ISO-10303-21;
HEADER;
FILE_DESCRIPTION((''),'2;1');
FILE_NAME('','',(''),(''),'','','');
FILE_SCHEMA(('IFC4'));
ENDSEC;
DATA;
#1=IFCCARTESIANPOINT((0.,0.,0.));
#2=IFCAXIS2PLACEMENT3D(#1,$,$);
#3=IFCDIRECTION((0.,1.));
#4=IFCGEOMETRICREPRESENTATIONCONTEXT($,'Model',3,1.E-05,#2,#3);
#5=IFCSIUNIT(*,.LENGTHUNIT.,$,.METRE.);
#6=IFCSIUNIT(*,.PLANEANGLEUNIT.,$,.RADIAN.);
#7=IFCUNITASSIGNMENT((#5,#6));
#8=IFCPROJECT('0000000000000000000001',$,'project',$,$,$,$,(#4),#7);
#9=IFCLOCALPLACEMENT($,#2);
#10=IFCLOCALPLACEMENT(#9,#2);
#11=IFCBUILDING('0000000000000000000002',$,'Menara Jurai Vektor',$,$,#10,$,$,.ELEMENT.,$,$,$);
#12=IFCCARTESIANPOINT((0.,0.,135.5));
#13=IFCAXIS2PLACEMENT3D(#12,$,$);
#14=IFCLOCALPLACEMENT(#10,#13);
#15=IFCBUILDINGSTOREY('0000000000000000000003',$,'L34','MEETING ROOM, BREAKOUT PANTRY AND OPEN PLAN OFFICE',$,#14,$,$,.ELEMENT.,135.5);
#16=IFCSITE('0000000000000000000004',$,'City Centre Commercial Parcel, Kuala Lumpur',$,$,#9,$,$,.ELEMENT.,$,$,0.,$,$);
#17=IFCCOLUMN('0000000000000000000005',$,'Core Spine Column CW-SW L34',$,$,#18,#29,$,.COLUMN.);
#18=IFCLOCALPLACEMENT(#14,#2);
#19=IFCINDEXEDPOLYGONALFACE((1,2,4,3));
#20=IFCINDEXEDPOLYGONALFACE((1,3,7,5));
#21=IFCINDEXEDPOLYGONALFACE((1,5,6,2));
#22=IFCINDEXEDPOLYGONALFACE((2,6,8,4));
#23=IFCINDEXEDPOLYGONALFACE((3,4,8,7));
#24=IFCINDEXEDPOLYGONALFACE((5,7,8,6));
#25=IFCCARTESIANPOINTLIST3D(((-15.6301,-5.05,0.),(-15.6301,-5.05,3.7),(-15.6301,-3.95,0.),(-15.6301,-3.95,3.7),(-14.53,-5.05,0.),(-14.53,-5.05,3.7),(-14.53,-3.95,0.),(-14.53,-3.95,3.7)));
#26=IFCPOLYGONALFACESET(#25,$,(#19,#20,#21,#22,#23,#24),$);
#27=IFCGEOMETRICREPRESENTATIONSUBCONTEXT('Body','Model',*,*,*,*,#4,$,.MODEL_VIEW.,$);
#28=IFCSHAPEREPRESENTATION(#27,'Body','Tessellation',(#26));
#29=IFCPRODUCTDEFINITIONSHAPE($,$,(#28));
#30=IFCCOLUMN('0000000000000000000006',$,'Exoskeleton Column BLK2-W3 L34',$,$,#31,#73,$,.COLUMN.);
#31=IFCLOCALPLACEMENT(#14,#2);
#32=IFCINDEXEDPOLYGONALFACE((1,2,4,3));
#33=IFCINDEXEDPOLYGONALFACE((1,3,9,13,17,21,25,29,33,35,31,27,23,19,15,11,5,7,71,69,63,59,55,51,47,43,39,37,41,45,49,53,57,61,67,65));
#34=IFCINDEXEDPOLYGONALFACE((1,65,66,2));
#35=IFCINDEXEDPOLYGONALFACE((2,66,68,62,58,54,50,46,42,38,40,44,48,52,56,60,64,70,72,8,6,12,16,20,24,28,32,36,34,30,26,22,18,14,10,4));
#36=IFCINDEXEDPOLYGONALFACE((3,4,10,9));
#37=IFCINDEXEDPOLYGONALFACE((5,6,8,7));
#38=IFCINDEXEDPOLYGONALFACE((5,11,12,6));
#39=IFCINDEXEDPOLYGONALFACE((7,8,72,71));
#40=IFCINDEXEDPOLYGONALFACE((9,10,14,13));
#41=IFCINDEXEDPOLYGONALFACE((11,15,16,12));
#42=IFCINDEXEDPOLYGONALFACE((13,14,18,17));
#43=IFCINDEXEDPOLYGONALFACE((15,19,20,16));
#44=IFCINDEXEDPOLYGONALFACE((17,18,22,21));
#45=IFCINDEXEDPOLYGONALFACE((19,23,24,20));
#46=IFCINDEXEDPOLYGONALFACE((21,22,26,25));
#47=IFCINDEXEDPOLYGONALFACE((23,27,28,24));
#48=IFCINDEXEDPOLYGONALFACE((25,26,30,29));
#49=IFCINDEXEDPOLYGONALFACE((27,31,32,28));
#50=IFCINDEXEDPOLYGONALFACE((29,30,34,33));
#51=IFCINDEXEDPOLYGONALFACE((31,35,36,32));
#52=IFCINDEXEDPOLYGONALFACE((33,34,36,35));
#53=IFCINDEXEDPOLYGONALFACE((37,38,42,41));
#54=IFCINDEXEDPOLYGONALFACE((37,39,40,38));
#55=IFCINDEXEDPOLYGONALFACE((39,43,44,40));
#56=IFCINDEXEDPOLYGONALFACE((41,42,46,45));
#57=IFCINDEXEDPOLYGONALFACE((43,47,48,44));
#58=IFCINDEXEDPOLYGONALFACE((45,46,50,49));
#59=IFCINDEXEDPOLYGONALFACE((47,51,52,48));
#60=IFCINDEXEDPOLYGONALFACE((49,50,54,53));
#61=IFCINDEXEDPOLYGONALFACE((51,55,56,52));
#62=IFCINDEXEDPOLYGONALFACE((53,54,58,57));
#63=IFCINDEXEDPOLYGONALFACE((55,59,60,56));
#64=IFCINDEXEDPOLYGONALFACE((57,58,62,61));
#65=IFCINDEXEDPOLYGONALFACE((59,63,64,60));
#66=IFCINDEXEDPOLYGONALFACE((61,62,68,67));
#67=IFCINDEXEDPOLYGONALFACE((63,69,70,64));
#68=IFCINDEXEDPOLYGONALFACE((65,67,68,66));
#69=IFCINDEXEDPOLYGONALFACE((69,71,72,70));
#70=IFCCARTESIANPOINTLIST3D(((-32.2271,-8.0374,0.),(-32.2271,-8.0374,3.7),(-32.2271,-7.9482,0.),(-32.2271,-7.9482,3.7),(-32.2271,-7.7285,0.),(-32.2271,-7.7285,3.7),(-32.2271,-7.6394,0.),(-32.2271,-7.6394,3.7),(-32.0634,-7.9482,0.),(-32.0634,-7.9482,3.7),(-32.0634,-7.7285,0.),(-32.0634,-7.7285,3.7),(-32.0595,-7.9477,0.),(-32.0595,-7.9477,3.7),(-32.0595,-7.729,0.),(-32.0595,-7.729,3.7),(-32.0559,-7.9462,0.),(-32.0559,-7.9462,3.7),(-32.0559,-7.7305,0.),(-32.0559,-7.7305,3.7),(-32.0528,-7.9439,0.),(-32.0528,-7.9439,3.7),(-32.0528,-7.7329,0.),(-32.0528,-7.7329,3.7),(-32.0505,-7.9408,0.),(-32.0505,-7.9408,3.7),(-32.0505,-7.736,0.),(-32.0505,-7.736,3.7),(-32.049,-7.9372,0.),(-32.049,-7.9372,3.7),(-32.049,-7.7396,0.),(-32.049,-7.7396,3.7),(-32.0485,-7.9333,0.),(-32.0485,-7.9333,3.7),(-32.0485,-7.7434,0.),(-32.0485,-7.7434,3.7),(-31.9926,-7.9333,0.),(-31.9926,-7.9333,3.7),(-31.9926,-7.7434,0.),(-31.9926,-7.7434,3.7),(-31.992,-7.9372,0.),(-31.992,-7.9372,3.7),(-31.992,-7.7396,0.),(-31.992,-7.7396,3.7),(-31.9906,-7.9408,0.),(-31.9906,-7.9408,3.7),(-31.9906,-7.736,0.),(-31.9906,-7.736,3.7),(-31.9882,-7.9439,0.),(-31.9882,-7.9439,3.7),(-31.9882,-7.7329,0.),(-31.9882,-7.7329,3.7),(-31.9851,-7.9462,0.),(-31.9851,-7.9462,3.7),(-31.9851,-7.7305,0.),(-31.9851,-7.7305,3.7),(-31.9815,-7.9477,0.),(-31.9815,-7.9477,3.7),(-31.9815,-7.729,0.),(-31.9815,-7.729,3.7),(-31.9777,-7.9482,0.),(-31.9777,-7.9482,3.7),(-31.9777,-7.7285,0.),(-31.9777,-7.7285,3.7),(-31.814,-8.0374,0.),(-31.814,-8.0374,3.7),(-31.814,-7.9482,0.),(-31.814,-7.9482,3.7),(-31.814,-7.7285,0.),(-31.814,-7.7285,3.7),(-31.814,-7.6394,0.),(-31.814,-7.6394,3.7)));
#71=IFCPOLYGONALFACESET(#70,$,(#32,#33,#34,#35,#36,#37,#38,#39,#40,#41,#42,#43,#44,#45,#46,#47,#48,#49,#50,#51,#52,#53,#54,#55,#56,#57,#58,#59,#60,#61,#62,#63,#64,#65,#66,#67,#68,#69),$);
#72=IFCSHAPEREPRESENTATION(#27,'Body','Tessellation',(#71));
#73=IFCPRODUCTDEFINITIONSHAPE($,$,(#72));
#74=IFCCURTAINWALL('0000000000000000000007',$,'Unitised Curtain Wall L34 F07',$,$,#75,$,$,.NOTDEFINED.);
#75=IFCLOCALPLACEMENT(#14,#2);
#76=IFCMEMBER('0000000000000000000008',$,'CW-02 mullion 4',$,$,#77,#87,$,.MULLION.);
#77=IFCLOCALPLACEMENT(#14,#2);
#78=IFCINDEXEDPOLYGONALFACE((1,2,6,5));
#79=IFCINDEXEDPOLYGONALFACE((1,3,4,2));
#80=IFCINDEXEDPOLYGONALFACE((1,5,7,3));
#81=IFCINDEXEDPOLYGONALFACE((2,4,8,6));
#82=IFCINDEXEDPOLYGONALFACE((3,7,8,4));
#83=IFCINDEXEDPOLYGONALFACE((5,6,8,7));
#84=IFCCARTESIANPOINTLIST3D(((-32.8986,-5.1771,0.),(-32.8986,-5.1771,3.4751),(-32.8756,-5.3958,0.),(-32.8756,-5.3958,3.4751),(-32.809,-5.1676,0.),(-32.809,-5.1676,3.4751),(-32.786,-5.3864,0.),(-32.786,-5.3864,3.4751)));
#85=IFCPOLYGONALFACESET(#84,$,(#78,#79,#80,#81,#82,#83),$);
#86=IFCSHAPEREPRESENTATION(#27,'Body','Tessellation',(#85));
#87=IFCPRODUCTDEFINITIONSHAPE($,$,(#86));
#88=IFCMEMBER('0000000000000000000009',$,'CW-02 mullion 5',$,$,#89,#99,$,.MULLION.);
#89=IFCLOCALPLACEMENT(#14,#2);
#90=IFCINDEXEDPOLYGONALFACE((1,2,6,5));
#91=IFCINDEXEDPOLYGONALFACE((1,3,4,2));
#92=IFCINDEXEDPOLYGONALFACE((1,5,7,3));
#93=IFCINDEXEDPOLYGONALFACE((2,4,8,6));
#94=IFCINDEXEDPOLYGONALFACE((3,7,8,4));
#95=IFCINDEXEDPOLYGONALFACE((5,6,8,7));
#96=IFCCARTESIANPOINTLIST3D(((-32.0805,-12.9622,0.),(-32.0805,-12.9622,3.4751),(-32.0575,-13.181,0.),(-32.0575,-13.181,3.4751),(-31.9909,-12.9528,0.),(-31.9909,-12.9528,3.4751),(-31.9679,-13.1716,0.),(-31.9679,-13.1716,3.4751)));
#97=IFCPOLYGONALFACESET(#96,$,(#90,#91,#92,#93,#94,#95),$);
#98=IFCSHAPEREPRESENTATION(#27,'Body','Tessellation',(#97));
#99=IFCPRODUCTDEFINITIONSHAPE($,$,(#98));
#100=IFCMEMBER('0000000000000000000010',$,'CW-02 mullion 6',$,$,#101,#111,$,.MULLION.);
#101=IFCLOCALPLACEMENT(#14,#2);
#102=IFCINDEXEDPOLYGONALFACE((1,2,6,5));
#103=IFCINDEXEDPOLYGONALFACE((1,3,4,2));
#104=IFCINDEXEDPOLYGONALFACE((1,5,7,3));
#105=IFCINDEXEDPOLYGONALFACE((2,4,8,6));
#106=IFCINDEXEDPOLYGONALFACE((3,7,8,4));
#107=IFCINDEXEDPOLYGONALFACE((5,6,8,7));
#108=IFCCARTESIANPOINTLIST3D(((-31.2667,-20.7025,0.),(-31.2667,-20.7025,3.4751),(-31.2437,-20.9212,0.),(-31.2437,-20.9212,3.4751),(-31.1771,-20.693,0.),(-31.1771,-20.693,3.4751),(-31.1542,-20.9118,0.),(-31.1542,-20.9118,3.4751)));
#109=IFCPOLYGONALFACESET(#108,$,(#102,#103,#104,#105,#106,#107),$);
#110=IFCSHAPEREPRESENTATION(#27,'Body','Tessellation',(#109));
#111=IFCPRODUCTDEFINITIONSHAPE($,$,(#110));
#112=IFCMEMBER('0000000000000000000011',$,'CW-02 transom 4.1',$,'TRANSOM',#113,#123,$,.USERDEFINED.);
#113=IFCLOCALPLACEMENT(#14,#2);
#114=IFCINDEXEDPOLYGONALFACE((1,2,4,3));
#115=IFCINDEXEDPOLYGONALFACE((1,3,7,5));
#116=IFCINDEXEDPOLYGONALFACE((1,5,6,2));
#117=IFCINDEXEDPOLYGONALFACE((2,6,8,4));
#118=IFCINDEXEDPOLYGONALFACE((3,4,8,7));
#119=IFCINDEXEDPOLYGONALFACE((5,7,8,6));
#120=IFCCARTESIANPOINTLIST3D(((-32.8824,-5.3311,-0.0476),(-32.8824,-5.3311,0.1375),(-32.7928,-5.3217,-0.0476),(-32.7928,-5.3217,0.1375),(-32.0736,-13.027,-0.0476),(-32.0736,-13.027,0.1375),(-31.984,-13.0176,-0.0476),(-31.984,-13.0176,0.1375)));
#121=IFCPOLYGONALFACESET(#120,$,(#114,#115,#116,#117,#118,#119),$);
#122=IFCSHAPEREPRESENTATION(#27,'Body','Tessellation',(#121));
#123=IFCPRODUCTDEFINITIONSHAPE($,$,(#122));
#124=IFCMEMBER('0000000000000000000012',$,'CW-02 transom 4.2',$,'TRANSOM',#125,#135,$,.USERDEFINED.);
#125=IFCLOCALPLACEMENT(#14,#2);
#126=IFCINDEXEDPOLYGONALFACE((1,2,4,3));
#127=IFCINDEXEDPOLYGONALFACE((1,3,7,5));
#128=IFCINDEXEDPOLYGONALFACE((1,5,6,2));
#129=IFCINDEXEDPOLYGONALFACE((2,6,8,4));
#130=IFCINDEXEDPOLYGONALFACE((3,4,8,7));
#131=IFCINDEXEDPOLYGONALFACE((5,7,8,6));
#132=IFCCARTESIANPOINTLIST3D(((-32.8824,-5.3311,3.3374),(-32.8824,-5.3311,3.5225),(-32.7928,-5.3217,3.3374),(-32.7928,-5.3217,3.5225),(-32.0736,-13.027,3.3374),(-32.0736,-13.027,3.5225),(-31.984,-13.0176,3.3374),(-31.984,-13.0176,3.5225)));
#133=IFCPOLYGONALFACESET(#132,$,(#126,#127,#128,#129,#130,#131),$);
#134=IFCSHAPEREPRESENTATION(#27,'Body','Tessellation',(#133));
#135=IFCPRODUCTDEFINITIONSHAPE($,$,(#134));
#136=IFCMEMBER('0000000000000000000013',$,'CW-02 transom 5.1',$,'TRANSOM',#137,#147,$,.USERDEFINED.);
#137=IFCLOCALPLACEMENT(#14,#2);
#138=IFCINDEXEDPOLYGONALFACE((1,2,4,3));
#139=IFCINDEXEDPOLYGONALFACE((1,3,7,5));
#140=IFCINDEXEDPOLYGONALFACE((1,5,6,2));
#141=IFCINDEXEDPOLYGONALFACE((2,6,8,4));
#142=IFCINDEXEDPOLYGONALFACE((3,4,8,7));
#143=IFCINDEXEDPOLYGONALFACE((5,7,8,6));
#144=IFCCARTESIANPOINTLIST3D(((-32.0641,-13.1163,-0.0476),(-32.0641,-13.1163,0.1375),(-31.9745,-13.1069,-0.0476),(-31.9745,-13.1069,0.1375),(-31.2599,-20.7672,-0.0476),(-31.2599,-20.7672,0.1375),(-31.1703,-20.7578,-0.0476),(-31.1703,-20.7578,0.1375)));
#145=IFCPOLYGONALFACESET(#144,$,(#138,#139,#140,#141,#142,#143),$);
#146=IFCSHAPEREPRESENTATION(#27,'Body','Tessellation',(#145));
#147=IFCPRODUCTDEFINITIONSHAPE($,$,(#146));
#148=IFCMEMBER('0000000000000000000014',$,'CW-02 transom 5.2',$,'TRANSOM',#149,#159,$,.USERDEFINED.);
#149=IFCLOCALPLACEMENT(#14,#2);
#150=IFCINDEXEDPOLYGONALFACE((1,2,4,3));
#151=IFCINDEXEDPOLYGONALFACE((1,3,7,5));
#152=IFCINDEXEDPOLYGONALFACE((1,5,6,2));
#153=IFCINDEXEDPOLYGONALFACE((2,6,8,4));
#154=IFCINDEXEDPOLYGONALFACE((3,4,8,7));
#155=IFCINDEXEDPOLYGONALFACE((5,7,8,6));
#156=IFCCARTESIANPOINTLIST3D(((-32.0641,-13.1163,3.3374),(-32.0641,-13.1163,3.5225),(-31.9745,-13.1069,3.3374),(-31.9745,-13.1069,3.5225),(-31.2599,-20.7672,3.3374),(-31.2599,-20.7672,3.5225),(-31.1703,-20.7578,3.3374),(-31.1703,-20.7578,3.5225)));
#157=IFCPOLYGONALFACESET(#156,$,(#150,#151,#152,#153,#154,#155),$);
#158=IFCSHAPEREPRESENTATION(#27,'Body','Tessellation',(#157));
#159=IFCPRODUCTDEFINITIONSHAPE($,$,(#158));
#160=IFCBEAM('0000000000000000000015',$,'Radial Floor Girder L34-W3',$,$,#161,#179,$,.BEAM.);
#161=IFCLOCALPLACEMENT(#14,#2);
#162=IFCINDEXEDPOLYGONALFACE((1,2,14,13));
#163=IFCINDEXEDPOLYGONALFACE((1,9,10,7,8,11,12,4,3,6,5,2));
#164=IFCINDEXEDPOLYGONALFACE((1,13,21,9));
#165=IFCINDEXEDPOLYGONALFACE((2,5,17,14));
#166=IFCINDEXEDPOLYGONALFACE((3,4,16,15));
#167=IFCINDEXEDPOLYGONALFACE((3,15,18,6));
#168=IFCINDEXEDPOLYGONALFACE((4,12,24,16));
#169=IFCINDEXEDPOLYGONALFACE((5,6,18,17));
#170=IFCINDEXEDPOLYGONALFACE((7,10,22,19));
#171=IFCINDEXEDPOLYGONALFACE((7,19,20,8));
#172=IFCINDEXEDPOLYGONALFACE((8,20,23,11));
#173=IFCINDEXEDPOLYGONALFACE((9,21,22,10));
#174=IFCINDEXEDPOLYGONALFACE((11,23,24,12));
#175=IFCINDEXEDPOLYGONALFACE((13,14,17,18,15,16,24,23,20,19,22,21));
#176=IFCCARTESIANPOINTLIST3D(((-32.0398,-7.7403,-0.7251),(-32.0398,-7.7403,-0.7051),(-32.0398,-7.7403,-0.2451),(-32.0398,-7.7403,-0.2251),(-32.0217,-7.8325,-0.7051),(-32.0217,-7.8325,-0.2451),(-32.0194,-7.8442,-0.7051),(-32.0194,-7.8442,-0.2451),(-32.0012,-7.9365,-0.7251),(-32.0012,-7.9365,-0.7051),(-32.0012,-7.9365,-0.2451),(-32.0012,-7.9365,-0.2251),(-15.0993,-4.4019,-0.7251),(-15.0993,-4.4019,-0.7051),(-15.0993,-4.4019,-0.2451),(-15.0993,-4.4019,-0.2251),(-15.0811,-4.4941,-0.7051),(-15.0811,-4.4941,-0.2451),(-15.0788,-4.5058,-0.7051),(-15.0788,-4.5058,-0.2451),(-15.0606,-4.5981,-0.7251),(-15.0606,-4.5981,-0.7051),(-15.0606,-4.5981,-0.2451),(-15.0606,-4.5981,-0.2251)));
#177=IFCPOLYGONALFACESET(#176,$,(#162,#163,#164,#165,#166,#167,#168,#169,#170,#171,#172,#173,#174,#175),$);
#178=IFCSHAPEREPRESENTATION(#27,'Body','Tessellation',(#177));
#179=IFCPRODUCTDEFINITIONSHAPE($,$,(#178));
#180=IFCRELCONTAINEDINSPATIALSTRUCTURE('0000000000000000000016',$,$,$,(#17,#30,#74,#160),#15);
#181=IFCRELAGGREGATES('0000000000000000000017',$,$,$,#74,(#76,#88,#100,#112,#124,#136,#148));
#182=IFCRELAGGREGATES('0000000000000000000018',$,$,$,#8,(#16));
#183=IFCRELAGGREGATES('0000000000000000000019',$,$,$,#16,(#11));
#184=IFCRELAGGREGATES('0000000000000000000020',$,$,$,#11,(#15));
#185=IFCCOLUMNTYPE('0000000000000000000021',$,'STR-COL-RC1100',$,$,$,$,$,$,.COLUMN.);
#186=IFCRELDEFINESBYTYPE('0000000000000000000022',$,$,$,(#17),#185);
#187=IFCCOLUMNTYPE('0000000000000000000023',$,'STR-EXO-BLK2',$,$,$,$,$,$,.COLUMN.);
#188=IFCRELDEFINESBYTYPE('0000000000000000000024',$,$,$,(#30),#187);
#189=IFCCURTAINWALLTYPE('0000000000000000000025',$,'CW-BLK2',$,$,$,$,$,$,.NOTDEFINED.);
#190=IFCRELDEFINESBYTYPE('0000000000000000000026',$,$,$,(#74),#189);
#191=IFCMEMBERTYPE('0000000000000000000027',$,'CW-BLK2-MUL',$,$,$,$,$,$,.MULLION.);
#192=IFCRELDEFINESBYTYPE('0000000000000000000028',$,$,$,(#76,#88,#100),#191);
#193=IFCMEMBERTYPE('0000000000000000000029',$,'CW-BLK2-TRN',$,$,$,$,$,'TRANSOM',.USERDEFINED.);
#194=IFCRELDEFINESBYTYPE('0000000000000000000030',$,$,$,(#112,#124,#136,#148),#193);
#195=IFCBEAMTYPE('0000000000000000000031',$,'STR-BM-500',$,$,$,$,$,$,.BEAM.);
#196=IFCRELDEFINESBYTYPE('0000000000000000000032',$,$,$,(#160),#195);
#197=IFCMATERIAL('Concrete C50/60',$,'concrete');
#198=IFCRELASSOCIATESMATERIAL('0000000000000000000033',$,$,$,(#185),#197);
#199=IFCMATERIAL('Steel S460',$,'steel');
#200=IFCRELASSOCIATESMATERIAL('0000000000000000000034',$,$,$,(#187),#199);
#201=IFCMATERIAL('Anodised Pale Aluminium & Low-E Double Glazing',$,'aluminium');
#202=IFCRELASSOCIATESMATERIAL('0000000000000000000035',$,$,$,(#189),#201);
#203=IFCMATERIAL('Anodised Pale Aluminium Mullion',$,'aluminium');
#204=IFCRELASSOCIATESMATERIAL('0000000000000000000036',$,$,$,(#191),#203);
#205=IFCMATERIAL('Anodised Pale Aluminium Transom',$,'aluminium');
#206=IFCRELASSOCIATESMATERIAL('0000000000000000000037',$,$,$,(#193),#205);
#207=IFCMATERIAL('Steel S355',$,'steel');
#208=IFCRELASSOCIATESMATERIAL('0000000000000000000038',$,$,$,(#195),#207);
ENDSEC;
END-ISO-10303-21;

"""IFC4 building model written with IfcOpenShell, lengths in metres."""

from ifc_helpers import new_model, si_unit, direction, frame, origin, origin_2d, place, context, subcontext, project, spatial, rectangle, i_section, extrude, material, material_profile, profile_set, type_object, element, aggregate, save


model = new_model("IFC4")

# Units and contexts
model_context = context("Model", 3, precision=1e-05, world=origin(), true_north=direction((0.0, 1.0)))
body_context = subcontext(model_context, "Body", "Model", "MODEL_VIEW")
ifc_project = project(units=[si_unit("LENGTHUNIT", "METRE"), si_unit("PLANEANGLEUNIT", "RADIAN")], contexts=[model_context])

# Site, building, storey
site_placement = place(None, origin())
site = spatial("IfcSite", under=ifc_project, at=site_placement, Name="City Centre Commercial Parcel, Kuala Lumpur", CompositionType="ELEMENT", RefElevation=0.0)
building_placement = place(site_placement, origin())
building = spatial("IfcBuilding", under=site, at=building_placement, Name="Menara Jurai Vektor", CompositionType="ELEMENT")
storey_placement = place(building_placement, frame((0.0, 0.0, 135.5)))
storey = spatial("IfcBuildingStorey", under=building, at=storey_placement, Name="L34", Description="MEETING ROOM, BREAKOUT PANTRY AND OPEN PLAN OFFICE", CompositionType="ELEMENT", Elevation=135.5)

# Columns
ifc_material_1 = material(Name="Concrete C50/60", Category="concrete")
ifc_material_profile_1 = material_profile(ifc_material_1, rectangle(XDim=1.1001, YDim=1.1001, at=origin_2d()), Name="RC 1100x1100")
ifc_profile_set_1 = profile_set([ifc_material_profile_1], Name="Concrete C50/60")
column_type_1 = type_object("IfcColumnType", Name="STR-COL-RC1100", PredefinedType="COLUMN", material=ifc_profile_set_1)
column_1_placement = place(storey_placement, frame((-15.0801, -4.5, 0.0), z_axis=(0.0, 0.0, 1.0), x_axis=(1.0, 0.0, 0.0)))
element("IfcColumn", 1, at=column_1_placement, inside=storey, type_object=column_type_1, Name="Core Spine Column CW-SW L34", PredefinedType="COLUMN", context=body_context, shape_type="SweptSolid", body=[
    extrude(rectangle(XDim=1.1001, YDim=1.1001, at=origin_2d()), origin(), (0.0, 0.0, 1.0), 3.7),
])
ifc_material_2 = material(Name="Steel S460", Category="steel")
ifc_material_profile_2 = material_profile(ifc_material_2, i_section(OverallWidth=0.4131, OverallDepth=0.3979, WebThickness=0.0559, FlangeThickness=0.0891, FilletRadius=0.0149, at=origin_2d()), Name="HD 400x744")
ifc_profile_set_2 = profile_set([ifc_material_profile_2], Name="Steel S460")
column_type_2 = type_object("IfcColumnType", Name="STR-EXO-BLK2", PredefinedType="COLUMN", material=ifc_profile_set_2)
column_2_placement = place(storey_placement, frame((-32.0205, -7.8384, 0.0), z_axis=(0.0, 0.0, 1.0), x_axis=(1.0, 0.0, 0.0)))
element("IfcColumn", 2, at=column_2_placement, inside=storey, type_object=column_type_2, Name="Exoskeleton Column BLK2-W3 L34", PredefinedType="COLUMN", context=body_context, shape_type="SweptSolid", body=[
    extrude(i_section(OverallWidth=0.4131, OverallDepth=0.3979, WebThickness=0.0559, FlangeThickness=0.0891, FilletRadius=0.0149, at=origin_2d()), origin(), (0.0, 0.0, 1.0), 3.7),
])

# Curtain wall, members
ifc_material_3 = material(Name="Anodised Pale Aluminium & Low-E Double Glazing", Category="aluminium")
curtain_wall_type = type_object("IfcCurtainWallType", Name="CW-BLK2", PredefinedType="NOTDEFINED", material=ifc_material_3)
curtain_wall_placement = place(storey_placement, origin())
curtain_wall = element("IfcCurtainWall", 3, at=curtain_wall_placement, inside=storey, type_object=curtain_wall_type, Name="Unitised Curtain Wall L34 F07", PredefinedType="NOTDEFINED")
ifc_material_4 = material(Name="Anodised Pale Aluminium Mullion", Category="aluminium")
ifc_material_profile_3 = material_profile(ifc_material_4, rectangle(XDim=0.0901, YDim=0.22, at=origin_2d()), Name="ALU MUL 90x220")
ifc_profile_set_3 = profile_set([ifc_material_profile_3], Name="Anodised Pale Aluminium Mullion")
member_type_1 = type_object("IfcMemberType", Name="CW-BLK2-MUL", PredefinedType="MULLION", material=ifc_profile_set_3)
member_1_placement = place(storey_placement, frame((-32.8423, -5.2817, 0.0), z_axis=(0.0, 0.0, 1.0), x_axis=(0.994522, 0.10453, 0.0)))
member_1 = element("IfcMember", 4, at=member_1_placement, type_object=member_type_1, Name="CW-02 mullion 4", PredefinedType="MULLION", context=body_context, shape_type="SweptSolid", body=[
    extrude(rectangle(XDim=0.0901, YDim=0.22, at=origin_2d()), origin(), (0.0, 0.0, 1.0), 3.4751),
])
member_2_placement = place(storey_placement, frame((-32.0242, -13.0669, 0.0), z_axis=(0.0, 0.0, 1.0), x_axis=(0.994522, 0.10453, 0.0)))
member_2 = element("IfcMember", 5, at=member_2_placement, type_object=member_type_1, Name="CW-02 mullion 5", PredefinedType="MULLION", context=body_context, shape_type="SweptSolid", body=[
    extrude(rectangle(XDim=0.0901, YDim=0.22, at=origin_2d()), origin(), (0.0, 0.0, 1.0), 3.4751),
])
member_3_placement = place(storey_placement, frame((-31.2104, -20.8071, 0.0), z_axis=(0.0, 0.0, 1.0), x_axis=(0.994522, 0.10453, 0.0)))
member_3 = element("IfcMember", 6, at=member_3_placement, type_object=member_type_1, Name="CW-02 mullion 6", PredefinedType="MULLION", context=body_context, shape_type="SweptSolid", body=[
    extrude(rectangle(XDim=0.0901, YDim=0.22, at=origin_2d()), origin(), (0.0, 0.0, 1.0), 3.4751),
])
ifc_material_5 = material(Name="Anodised Pale Aluminium Transom", Category="aluminium")
ifc_material_profile_4 = material_profile(ifc_material_5, rectangle(XDim=0.0901, YDim=0.1851, at=origin_2d()), Name="ALU TRN 90x185")
ifc_profile_set_4 = profile_set([ifc_material_profile_4], Name="Anodised Pale Aluminium Transom")
member_type_2 = type_object("IfcMemberType", Name="CW-BLK2-TRN", ElementType="TRANSOM", PredefinedType="USERDEFINED", material=ifc_profile_set_4)
member_4_placement = place(storey_placement, frame((-32.8376, -5.3264, 0.0449), z_axis=(0.104525, -0.994522, 0.0), x_axis=(0.994522, 0.104525, 0.0)))
member_4 = element("IfcMember", 7, at=member_4_placement, type_object=member_type_2, Name="CW-02 transom 4.1", ObjectType="TRANSOM", PredefinedType="USERDEFINED", context=body_context, shape_type="SweptSolid", body=[
    extrude(rectangle(XDim=0.0901, YDim=0.1851, at=origin_2d()), origin(), (0.0, 0.0, 1.0), 7.7383),
])
member_5_placement = place(storey_placement, frame((-32.8376, -5.3264, 3.4299), z_axis=(0.104525, -0.994522, 0.0), x_axis=(0.994522, 0.104525, 0.0)))
member_5 = element("IfcMember", 8, at=member_5_placement, type_object=member_type_2, Name="CW-02 transom 4.2", ObjectType="TRANSOM", PredefinedType="USERDEFINED", context=body_context, shape_type="SweptSolid", body=[
    extrude(rectangle(XDim=0.0901, YDim=0.1851, at=origin_2d()), origin(), (0.0, 0.0, 1.0), 7.7383),
])
member_6_placement = place(storey_placement, frame((-32.0193, -13.1116, 0.0449), z_axis=(0.104536, -0.994521, 0.0), x_axis=(0.994521, 0.104536, 0.0)))
member_6 = element("IfcMember", 9, at=member_6_placement, type_object=member_type_2, Name="CW-02 transom 5.1", ObjectType="TRANSOM", PredefinedType="USERDEFINED", context=body_context, shape_type="SweptSolid", body=[
    extrude(rectangle(XDim=0.0901, YDim=0.1851, at=origin_2d()), origin(), (0.0, 0.0, 1.0), 7.6931),
])
member_7_placement = place(storey_placement, frame((-32.0193, -13.1116, 3.4299), z_axis=(0.104536, -0.994521, 0.0), x_axis=(0.994521, 0.104536, 0.0)))
member_7 = element("IfcMember", 10, at=member_7_placement, type_object=member_type_2, Name="CW-02 transom 5.2", ObjectType="TRANSOM", PredefinedType="USERDEFINED", context=body_context, shape_type="SweptSolid", body=[
    extrude(rectangle(XDim=0.0901, YDim=0.1851, at=origin_2d()), origin(), (0.0, 0.0, 1.0), 7.6931),
])

# Beam
ifc_material_6 = material(Name="Steel S355", Category="steel")
ifc_material_profile_5 = material_profile(ifc_material_6, i_section(OverallWidth=0.2, OverallDepth=0.5, WebThickness=0.012, FlangeThickness=0.02, at=origin_2d()), Name="PG 500x200x96")
ifc_profile_set_5 = profile_set([ifc_material_profile_5], Name="Steel S355")
beam_type_1 = type_object("IfcBeamType", Name="STR-BM-500", PredefinedType="BEAM", material=ifc_profile_set_5)
beam_1_placement = place(storey_placement, frame((-32.0205, -7.8384, -0.4751), z_axis=(0.98113, 0.193347, 0.0), x_axis=(-0.193347, 0.98113, 0.0)))
element("IfcBeam", 11, at=beam_1_placement, inside=storey, type_object=beam_type_1, Name="Radial Floor Girder L34-W3", PredefinedType="BEAM", context=body_context, shape_type="SweptSolid", body=[
    extrude(i_section(OverallWidth=0.2, OverallDepth=0.5, WebThickness=0.012, FlangeThickness=0.02, at=origin_2d()), origin(), (0.0, 0.0, 1.0), 17.2664),
])

aggregate(curtain_wall, [member_1, member_2, member_3, member_4, member_5, member_6, member_7])

save(model, "model.ifc")
